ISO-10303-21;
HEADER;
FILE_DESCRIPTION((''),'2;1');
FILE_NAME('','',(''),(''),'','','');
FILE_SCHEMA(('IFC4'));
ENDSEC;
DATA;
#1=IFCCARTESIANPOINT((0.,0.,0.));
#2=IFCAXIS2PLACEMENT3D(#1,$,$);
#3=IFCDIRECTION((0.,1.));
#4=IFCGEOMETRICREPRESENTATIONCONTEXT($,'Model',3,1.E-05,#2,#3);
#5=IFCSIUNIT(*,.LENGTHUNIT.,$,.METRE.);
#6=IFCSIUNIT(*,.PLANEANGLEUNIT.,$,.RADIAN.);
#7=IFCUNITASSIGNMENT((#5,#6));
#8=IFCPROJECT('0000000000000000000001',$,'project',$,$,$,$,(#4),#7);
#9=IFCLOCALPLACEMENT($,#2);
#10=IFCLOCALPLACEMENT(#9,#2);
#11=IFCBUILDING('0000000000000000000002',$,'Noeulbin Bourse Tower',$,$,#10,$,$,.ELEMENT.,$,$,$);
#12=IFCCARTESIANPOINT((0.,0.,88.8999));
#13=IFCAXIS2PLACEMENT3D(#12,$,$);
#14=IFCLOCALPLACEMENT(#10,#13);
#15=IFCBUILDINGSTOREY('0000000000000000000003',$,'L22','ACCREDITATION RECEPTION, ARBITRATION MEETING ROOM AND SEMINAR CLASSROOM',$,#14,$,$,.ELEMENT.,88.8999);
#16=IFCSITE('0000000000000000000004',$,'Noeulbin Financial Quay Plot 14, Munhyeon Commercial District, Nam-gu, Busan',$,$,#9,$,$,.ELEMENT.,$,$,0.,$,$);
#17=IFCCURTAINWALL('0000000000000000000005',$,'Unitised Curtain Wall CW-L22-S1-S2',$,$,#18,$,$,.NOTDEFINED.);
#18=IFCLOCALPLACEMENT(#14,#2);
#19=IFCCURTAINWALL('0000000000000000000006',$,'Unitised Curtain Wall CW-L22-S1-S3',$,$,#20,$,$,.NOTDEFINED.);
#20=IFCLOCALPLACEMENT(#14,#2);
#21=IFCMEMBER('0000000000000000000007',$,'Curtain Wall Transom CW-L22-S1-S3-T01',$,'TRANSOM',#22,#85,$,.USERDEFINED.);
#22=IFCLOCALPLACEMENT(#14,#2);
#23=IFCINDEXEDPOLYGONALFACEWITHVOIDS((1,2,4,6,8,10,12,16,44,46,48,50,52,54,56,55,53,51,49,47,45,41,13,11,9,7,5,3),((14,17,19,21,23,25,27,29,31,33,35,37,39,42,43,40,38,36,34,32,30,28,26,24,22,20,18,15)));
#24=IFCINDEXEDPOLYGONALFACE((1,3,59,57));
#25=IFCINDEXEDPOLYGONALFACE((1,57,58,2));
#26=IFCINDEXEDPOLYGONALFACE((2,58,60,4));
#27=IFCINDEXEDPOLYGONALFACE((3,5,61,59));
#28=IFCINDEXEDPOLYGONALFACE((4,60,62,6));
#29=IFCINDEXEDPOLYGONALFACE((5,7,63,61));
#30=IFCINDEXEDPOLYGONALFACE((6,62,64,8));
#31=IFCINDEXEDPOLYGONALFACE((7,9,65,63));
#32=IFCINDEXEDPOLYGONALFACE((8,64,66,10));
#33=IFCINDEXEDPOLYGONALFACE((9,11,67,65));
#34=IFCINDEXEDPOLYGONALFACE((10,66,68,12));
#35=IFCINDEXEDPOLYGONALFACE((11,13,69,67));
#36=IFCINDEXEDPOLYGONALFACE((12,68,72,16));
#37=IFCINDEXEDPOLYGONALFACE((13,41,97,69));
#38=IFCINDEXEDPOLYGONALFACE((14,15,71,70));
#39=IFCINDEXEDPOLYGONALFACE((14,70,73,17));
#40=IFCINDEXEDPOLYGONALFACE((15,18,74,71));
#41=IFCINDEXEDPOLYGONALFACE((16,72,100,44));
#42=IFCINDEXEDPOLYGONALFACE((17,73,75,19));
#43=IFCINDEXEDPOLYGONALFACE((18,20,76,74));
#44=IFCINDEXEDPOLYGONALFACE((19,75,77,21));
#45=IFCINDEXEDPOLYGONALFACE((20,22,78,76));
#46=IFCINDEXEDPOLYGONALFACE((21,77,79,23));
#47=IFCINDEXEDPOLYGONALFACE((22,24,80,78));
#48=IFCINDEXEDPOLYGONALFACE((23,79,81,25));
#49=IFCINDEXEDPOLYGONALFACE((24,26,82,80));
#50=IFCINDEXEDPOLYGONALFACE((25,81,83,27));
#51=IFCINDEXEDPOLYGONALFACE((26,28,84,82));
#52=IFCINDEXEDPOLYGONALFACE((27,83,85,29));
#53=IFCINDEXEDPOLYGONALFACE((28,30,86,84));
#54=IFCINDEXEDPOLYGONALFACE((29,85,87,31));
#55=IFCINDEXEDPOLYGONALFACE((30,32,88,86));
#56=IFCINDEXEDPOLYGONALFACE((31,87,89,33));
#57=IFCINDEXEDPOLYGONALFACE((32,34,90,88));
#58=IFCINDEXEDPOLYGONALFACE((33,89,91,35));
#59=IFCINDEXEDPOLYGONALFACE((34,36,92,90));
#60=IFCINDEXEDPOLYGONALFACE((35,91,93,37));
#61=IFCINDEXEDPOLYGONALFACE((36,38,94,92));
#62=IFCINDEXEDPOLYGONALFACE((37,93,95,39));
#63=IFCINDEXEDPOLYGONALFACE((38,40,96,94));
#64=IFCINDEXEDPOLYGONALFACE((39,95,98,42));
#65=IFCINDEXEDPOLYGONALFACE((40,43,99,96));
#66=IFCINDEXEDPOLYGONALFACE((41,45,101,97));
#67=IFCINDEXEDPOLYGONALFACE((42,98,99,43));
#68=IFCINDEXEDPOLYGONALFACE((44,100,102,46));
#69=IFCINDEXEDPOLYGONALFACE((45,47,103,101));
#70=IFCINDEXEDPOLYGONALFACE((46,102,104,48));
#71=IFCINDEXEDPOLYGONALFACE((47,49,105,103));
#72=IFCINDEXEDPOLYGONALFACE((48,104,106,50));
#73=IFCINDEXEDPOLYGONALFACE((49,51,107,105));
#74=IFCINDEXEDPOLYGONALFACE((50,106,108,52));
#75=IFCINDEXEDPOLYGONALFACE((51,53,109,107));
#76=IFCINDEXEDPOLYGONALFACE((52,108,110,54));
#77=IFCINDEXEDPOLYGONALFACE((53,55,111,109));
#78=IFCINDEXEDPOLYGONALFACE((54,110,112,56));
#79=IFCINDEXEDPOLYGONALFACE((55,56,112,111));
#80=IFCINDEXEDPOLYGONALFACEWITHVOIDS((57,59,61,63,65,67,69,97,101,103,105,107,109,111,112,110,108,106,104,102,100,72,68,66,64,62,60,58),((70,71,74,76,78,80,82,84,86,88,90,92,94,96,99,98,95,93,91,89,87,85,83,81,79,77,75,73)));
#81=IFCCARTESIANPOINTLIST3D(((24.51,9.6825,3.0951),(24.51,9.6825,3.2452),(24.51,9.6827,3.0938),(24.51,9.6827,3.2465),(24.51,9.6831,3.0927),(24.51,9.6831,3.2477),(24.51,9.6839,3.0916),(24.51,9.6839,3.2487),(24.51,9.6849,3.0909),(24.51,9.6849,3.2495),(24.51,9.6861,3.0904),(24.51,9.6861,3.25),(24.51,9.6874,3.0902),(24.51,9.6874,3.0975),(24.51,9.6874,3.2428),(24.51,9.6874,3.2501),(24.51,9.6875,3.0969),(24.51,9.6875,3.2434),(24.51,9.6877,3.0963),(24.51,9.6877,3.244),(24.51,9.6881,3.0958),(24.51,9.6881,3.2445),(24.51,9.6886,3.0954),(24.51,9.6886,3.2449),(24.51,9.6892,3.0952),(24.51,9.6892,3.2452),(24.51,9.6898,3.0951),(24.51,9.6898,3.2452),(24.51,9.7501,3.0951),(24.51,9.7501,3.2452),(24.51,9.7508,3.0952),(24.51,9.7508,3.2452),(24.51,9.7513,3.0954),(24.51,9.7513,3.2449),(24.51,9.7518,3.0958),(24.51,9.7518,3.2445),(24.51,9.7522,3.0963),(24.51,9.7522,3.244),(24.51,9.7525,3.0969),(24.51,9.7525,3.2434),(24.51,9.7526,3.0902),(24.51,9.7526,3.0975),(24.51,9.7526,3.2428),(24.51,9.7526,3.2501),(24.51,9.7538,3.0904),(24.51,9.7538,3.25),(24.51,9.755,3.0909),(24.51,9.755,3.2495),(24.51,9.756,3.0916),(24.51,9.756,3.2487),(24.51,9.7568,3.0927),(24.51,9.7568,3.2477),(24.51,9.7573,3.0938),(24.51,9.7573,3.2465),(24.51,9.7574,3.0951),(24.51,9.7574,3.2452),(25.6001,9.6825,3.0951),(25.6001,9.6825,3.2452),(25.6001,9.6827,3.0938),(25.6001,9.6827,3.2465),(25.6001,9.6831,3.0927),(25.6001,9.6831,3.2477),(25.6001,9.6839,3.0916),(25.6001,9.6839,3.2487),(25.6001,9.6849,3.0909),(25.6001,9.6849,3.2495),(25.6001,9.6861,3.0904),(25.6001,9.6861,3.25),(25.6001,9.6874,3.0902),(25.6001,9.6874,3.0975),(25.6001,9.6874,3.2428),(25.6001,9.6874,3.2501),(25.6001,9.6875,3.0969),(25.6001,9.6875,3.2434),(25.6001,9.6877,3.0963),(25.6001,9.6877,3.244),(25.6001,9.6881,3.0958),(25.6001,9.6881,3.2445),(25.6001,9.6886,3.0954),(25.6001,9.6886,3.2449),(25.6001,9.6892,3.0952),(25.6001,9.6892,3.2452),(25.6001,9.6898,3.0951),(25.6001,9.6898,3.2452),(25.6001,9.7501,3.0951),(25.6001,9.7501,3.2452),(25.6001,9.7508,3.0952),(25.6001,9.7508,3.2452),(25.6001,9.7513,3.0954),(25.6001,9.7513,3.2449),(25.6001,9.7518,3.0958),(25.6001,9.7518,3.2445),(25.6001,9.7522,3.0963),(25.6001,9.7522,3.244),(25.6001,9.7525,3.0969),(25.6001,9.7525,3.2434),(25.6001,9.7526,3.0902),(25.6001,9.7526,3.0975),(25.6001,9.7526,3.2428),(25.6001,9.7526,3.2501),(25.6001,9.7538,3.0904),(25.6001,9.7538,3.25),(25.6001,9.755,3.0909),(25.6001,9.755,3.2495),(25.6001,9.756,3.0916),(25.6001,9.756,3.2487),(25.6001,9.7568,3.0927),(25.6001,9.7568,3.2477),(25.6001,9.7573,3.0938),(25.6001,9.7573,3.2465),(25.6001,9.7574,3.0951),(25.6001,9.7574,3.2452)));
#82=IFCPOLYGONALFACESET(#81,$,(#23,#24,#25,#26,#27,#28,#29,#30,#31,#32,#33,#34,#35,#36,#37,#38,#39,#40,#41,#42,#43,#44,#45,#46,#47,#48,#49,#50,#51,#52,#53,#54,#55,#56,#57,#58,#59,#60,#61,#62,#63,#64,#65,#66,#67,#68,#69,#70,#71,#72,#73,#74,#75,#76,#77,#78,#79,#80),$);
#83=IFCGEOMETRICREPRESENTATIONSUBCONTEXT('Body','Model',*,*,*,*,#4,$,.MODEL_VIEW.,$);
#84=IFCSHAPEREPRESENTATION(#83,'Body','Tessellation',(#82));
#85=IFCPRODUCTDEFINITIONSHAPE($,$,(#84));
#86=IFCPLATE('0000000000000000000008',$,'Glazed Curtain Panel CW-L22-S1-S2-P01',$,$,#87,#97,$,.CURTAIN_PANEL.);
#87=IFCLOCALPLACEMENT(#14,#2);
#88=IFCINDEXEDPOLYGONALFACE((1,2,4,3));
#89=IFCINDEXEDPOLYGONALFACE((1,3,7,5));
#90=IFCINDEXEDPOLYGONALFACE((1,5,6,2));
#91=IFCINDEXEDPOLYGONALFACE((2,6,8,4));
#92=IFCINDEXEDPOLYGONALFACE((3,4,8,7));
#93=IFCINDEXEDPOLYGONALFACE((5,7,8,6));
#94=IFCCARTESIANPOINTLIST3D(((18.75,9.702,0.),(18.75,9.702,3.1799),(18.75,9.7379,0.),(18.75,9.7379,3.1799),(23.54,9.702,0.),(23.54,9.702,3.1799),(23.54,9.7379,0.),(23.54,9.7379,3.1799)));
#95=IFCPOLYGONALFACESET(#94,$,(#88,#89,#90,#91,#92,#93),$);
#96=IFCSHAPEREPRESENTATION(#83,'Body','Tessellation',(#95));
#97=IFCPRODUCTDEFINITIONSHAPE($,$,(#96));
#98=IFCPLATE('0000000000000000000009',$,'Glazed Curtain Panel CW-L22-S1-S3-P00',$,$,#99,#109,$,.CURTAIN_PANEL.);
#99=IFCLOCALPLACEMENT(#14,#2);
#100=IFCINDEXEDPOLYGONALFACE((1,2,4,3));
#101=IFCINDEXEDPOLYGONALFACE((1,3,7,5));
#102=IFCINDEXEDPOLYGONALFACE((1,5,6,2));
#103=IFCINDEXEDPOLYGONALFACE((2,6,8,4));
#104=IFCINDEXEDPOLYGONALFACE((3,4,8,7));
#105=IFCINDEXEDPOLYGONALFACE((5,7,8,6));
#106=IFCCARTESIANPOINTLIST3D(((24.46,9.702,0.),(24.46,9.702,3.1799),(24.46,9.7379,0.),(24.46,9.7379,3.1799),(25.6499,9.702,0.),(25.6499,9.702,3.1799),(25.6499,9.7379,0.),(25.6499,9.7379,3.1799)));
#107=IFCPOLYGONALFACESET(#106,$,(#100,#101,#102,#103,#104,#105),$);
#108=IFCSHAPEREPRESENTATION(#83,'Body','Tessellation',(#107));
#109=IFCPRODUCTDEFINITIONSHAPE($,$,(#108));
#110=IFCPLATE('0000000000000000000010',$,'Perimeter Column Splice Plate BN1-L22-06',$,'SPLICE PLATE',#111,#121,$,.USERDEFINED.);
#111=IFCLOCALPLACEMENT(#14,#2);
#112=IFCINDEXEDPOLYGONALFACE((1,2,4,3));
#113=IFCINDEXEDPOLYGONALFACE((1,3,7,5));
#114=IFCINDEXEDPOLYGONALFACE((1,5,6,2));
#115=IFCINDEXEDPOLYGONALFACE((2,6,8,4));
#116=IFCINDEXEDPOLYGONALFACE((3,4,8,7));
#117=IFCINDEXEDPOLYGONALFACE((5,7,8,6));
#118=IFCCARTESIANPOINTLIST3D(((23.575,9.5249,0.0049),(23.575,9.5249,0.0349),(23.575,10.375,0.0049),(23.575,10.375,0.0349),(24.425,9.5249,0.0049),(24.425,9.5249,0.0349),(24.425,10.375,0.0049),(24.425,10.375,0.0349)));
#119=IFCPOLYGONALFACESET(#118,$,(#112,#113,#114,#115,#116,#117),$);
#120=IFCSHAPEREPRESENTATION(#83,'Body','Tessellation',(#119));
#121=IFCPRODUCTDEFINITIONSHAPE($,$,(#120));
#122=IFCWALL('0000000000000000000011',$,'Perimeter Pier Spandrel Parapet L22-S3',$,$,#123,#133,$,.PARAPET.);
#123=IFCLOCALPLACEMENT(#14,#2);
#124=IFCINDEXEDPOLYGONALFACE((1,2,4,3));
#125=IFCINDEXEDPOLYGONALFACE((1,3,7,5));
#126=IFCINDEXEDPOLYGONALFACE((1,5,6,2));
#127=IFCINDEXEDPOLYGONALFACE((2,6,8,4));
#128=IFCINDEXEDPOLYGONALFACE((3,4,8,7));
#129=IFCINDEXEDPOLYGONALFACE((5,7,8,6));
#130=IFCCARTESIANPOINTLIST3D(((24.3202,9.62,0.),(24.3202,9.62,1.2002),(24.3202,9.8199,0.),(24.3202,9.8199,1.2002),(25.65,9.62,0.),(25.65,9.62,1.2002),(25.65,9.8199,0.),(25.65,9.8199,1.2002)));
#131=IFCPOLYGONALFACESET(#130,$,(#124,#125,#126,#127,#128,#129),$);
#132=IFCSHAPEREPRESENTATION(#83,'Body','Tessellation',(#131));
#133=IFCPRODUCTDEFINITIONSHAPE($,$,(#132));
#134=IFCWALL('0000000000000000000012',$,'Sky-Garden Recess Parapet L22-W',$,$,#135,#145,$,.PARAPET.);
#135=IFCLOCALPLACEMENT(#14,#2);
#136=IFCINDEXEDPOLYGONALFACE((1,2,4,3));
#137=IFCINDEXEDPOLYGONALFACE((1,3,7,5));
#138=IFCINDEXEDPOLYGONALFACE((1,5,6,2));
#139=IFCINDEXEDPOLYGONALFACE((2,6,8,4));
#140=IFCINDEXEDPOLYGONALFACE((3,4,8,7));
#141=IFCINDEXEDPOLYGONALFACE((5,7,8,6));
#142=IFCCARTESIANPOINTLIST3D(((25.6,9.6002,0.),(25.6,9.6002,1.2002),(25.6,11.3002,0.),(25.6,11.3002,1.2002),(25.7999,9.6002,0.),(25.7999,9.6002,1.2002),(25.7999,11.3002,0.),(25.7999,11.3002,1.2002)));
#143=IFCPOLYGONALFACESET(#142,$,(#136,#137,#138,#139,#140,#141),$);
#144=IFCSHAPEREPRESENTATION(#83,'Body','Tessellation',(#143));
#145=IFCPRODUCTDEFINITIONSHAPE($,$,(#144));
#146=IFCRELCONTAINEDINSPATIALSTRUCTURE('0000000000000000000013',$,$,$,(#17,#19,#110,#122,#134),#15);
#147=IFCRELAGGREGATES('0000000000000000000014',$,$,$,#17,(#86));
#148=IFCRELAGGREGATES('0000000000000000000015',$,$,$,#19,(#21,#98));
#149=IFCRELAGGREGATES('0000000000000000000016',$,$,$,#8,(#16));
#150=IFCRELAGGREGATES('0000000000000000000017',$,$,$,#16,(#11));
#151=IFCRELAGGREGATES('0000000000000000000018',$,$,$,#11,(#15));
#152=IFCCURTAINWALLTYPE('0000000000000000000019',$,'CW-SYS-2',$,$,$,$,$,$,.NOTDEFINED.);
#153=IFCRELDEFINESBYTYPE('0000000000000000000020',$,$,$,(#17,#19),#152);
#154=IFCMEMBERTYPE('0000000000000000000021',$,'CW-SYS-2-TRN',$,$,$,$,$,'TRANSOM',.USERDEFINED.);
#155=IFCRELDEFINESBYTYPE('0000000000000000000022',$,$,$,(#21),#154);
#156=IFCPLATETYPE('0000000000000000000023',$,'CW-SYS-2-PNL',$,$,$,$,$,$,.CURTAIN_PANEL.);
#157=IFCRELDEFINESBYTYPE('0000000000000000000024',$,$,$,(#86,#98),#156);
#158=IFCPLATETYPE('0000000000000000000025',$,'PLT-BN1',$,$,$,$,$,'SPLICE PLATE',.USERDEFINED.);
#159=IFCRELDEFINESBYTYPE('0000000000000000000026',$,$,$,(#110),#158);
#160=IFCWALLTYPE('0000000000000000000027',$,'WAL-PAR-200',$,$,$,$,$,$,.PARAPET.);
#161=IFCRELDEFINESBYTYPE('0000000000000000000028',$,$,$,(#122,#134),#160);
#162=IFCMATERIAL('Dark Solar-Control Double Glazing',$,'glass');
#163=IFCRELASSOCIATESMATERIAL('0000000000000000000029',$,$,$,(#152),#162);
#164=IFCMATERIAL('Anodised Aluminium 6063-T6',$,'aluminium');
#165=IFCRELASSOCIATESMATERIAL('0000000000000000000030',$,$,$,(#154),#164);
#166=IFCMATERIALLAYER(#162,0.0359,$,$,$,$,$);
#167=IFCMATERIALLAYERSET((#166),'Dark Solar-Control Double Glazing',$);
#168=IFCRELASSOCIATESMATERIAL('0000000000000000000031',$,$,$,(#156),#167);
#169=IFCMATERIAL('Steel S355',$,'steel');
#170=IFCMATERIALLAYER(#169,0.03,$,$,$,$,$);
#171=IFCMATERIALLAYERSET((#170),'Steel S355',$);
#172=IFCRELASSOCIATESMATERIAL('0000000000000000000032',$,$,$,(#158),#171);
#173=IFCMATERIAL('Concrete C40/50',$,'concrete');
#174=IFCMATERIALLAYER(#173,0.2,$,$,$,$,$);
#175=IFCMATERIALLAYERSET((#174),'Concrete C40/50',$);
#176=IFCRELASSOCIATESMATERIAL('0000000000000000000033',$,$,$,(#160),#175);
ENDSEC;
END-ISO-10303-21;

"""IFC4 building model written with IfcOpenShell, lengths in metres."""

from ifc_helpers import new_model, si_unit, direction, frame, frame_2d, origin, origin_2d, place, context, subcontext, project, spatial, rectangle, hollow_rectangle, extrude, material, layer, layer_set, material_profile, profile_set, type_object, element, aggregate, save


model = new_model("IFC4")

# Units and contexts
model_context = context("Model", 3, precision=1e-05, world=origin(), true_north=direction((0.0, 1.0)))
body_context = subcontext(model_context, "Body", "Model", "MODEL_VIEW")
ifc_project = project(units=[si_unit("LENGTHUNIT", "METRE"), si_unit("PLANEANGLEUNIT", "RADIAN")], contexts=[model_context])

# Site, building, storey
site_placement = place(None, origin())
site = spatial("IfcSite", under=ifc_project, at=site_placement, Name="Noeulbin Financial Quay Plot 14, Munhyeon Commercial District, Nam-gu, Busan", CompositionType="ELEMENT", RefElevation=0.0)
building_placement = place(site_placement, origin())
building = spatial("IfcBuilding", under=site, at=building_placement, Name="Noeulbin Bourse Tower", CompositionType="ELEMENT")
storey_placement = place(building_placement, frame((0.0, 0.0, 88.8999)))
storey = spatial("IfcBuildingStorey", under=building, at=storey_placement, Name="L22", Description="ACCREDITATION RECEPTION, ARBITRATION MEETING ROOM AND SEMINAR CLASSROOM", CompositionType="ELEMENT", Elevation=88.8999)

# Shared definitions
ifc_material_1 = material(Name="Steel S355", Category="steel")

# Shared definitions
ifc_material_2 = material(Name="Dark Solar-Control Double Glazing", Category="glass")
curtain_wall_type = type_object("IfcCurtainWallType", Name="CW-SYS-2", PredefinedType="NOTDEFINED", material=ifc_material_2)
ifc_material_3 = material(Name="Anodised Aluminium 6063-T6", Category="aluminium")

# Curtain walls
curtain_wall_1_placement = place(storey_placement, origin())
curtain_wall_1 = element("IfcCurtainWall", 1, at=curtain_wall_1_placement, inside=storey, type_object=curtain_wall_type, Name="Unitised Curtain Wall CW-L22-S1-S2", PredefinedType="NOTDEFINED")
curtain_wall_2_placement = place(storey_placement, origin())
curtain_wall_2 = element("IfcCurtainWall", 2, at=curtain_wall_2_placement, inside=storey, type_object=curtain_wall_type, Name="Unitised Curtain Wall CW-L22-S1-S3", PredefinedType="NOTDEFINED")

# Member
ifc_material_profile_1 = material_profile(ifc_material_3, hollow_rectangle(XDim=0.075, YDim=0.1599, WallThickness=0.0049, InnerFilletRadius=0.0024, OuterFilletRadius=0.0049, at=origin_2d()), Name="ALU-TRAN-75x160x5", Category="LoadBearing")
ifc_profile_set_1 = profile_set([ifc_material_profile_1], Name="Anodised Aluminium 6063-T6")
member_type_1 = type_object("IfcMemberType", Name="CW-SYS-2-TRN", ElementType="TRANSOM", PredefinedType="USERDEFINED", material=ifc_profile_set_1)
member_1_placement = place(storey_placement, frame((24.51, 9.72, 3.1702), z_axis=(1.0, 0.0, 0.0), x_axis=(0.0, 1.0, 0.0)))
member_1 = element("IfcMember", 3, at=member_1_placement, type_object=member_type_1, Name="Curtain Wall Transom CW-L22-S1-S3-T01", ObjectType="TRANSOM", PredefinedType="USERDEFINED", context=body_context, shape_type="SweptSolid", body=[
    extrude(hollow_rectangle(XDim=0.075, YDim=0.1599, WallThickness=0.0049, InnerFilletRadius=0.0024, OuterFilletRadius=0.0049, at=origin_2d()), origin(), (0.0, 0.0, 1.0), 1.0901),
])

# Plates
ifc_layer_1 = layer(ifc_material_2, 0.0359)
ifc_layer_set_1 = layer_set([ifc_layer_1], Name="Dark Solar-Control Double Glazing")
plate_type_1 = type_object("IfcPlateType", Name="CW-SYS-2-PNL", PredefinedType="CURTAIN_PANEL", material=ifc_layer_set_1)
plate_1_placement = place(storey_placement, frame((21.145, 9.72, 0.0), z_axis=(0.0, 0.0, 1.0), x_axis=(1.0, 0.0, 0.0)))
plate_1 = element("IfcPlate", 4, at=plate_1_placement, type_object=plate_type_1, Name="Glazed Curtain Panel CW-L22-S1-S2-P01", PredefinedType="CURTAIN_PANEL", context=body_context, shape_type="SweptSolid", body=[
    extrude(rectangle(XDim=4.79, YDim=0.0359, at=origin_2d()), origin(), (0.0, 0.0, 1.0), 3.1799),
])
aggregate(curtain_wall_1, [plate_1])
plate_2_placement = place(storey_placement, frame((25.0549, 9.72, 0.0), z_axis=(0.0, 0.0, 1.0), x_axis=(1.0, 0.0, 0.0)))
plate_2 = element("IfcPlate", 5, at=plate_2_placement, type_object=plate_type_1, Name="Glazed Curtain Panel CW-L22-S1-S3-P00", PredefinedType="CURTAIN_PANEL", context=body_context, shape_type="SweptSolid", body=[
    extrude(rectangle(XDim=1.1899, YDim=0.0359, at=origin_2d()), origin(), (0.0, 0.0, 1.0), 3.1799),
])
aggregate(curtain_wall_2, [member_1, plate_2])
ifc_layer_2 = layer(ifc_material_1, 0.03)
ifc_layer_set_2 = layer_set([ifc_layer_2], Name="Steel S355")
plate_type_2 = type_object("IfcPlateType", Name="PLT-BN1", ElementType="SPLICE PLATE", PredefinedType="USERDEFINED", material=ifc_layer_set_2)
plate_3_placement = place(storey_placement, frame((24.0, 9.95, 0.0049), z_axis=(0.0, 0.0, 1.0), x_axis=(1.0, 0.0, 0.0)))
element("IfcPlate", 6, at=plate_3_placement, inside=storey, type_object=plate_type_2, Name="Perimeter Column Splice Plate BN1-L22-06", ObjectType="SPLICE PLATE", PredefinedType="USERDEFINED", context=body_context, shape_type="SweptSolid", body=[
    extrude(rectangle(XDim=0.8501, YDim=0.8501, at=origin_2d()), origin(), (0.0, 0.0, 1.0), 0.03),
])

# Walls
ifc_material_4 = material(Name="Concrete C40/50", Category="concrete")
ifc_layer_3 = layer(ifc_material_4, 0.2)
ifc_layer_set_3 = layer_set([ifc_layer_3], Name="Concrete C40/50")
wall_type = type_object("IfcWallType", Name="WAL-PAR-200", PredefinedType="PARAPET", material=ifc_layer_set_3)
wall_1_placement = place(storey_placement, frame((24.3201, 9.72, 0.0), z_axis=(0.0, 0.0, 1.0), x_axis=(1.0, 0.0, 0.0)))
element("IfcWall", 7, at=wall_1_placement, inside=storey, type_object=wall_type, Name="Perimeter Pier Spandrel Parapet L22-S3", PredefinedType="PARAPET", context=body_context, shape_type="SweptSolid", body=[
    extrude(rectangle(XDim=1.3298, YDim=0.2, at=frame_2d((0.665, 0.0))), origin(), (0.0, 0.0, 1.0), 1.2002),
])
wall_2_placement = place(storey_placement, frame((25.7, 9.6001, 0.0), z_axis=(0.0, 0.0, 1.0), x_axis=(0.0, 1.0, 0.0)))
element("IfcWall", 8, at=wall_2_placement, inside=storey, type_object=wall_type, Name="Sky-Garden Recess Parapet L22-W", PredefinedType="PARAPET", context=body_context, shape_type="SweptSolid", body=[
    extrude(rectangle(XDim=1.7, YDim=0.2, at=frame_2d((0.8501, 0.0))), origin(), (0.0, 0.0, 1.0), 1.2002),
])

save(model, "model.ifc")
